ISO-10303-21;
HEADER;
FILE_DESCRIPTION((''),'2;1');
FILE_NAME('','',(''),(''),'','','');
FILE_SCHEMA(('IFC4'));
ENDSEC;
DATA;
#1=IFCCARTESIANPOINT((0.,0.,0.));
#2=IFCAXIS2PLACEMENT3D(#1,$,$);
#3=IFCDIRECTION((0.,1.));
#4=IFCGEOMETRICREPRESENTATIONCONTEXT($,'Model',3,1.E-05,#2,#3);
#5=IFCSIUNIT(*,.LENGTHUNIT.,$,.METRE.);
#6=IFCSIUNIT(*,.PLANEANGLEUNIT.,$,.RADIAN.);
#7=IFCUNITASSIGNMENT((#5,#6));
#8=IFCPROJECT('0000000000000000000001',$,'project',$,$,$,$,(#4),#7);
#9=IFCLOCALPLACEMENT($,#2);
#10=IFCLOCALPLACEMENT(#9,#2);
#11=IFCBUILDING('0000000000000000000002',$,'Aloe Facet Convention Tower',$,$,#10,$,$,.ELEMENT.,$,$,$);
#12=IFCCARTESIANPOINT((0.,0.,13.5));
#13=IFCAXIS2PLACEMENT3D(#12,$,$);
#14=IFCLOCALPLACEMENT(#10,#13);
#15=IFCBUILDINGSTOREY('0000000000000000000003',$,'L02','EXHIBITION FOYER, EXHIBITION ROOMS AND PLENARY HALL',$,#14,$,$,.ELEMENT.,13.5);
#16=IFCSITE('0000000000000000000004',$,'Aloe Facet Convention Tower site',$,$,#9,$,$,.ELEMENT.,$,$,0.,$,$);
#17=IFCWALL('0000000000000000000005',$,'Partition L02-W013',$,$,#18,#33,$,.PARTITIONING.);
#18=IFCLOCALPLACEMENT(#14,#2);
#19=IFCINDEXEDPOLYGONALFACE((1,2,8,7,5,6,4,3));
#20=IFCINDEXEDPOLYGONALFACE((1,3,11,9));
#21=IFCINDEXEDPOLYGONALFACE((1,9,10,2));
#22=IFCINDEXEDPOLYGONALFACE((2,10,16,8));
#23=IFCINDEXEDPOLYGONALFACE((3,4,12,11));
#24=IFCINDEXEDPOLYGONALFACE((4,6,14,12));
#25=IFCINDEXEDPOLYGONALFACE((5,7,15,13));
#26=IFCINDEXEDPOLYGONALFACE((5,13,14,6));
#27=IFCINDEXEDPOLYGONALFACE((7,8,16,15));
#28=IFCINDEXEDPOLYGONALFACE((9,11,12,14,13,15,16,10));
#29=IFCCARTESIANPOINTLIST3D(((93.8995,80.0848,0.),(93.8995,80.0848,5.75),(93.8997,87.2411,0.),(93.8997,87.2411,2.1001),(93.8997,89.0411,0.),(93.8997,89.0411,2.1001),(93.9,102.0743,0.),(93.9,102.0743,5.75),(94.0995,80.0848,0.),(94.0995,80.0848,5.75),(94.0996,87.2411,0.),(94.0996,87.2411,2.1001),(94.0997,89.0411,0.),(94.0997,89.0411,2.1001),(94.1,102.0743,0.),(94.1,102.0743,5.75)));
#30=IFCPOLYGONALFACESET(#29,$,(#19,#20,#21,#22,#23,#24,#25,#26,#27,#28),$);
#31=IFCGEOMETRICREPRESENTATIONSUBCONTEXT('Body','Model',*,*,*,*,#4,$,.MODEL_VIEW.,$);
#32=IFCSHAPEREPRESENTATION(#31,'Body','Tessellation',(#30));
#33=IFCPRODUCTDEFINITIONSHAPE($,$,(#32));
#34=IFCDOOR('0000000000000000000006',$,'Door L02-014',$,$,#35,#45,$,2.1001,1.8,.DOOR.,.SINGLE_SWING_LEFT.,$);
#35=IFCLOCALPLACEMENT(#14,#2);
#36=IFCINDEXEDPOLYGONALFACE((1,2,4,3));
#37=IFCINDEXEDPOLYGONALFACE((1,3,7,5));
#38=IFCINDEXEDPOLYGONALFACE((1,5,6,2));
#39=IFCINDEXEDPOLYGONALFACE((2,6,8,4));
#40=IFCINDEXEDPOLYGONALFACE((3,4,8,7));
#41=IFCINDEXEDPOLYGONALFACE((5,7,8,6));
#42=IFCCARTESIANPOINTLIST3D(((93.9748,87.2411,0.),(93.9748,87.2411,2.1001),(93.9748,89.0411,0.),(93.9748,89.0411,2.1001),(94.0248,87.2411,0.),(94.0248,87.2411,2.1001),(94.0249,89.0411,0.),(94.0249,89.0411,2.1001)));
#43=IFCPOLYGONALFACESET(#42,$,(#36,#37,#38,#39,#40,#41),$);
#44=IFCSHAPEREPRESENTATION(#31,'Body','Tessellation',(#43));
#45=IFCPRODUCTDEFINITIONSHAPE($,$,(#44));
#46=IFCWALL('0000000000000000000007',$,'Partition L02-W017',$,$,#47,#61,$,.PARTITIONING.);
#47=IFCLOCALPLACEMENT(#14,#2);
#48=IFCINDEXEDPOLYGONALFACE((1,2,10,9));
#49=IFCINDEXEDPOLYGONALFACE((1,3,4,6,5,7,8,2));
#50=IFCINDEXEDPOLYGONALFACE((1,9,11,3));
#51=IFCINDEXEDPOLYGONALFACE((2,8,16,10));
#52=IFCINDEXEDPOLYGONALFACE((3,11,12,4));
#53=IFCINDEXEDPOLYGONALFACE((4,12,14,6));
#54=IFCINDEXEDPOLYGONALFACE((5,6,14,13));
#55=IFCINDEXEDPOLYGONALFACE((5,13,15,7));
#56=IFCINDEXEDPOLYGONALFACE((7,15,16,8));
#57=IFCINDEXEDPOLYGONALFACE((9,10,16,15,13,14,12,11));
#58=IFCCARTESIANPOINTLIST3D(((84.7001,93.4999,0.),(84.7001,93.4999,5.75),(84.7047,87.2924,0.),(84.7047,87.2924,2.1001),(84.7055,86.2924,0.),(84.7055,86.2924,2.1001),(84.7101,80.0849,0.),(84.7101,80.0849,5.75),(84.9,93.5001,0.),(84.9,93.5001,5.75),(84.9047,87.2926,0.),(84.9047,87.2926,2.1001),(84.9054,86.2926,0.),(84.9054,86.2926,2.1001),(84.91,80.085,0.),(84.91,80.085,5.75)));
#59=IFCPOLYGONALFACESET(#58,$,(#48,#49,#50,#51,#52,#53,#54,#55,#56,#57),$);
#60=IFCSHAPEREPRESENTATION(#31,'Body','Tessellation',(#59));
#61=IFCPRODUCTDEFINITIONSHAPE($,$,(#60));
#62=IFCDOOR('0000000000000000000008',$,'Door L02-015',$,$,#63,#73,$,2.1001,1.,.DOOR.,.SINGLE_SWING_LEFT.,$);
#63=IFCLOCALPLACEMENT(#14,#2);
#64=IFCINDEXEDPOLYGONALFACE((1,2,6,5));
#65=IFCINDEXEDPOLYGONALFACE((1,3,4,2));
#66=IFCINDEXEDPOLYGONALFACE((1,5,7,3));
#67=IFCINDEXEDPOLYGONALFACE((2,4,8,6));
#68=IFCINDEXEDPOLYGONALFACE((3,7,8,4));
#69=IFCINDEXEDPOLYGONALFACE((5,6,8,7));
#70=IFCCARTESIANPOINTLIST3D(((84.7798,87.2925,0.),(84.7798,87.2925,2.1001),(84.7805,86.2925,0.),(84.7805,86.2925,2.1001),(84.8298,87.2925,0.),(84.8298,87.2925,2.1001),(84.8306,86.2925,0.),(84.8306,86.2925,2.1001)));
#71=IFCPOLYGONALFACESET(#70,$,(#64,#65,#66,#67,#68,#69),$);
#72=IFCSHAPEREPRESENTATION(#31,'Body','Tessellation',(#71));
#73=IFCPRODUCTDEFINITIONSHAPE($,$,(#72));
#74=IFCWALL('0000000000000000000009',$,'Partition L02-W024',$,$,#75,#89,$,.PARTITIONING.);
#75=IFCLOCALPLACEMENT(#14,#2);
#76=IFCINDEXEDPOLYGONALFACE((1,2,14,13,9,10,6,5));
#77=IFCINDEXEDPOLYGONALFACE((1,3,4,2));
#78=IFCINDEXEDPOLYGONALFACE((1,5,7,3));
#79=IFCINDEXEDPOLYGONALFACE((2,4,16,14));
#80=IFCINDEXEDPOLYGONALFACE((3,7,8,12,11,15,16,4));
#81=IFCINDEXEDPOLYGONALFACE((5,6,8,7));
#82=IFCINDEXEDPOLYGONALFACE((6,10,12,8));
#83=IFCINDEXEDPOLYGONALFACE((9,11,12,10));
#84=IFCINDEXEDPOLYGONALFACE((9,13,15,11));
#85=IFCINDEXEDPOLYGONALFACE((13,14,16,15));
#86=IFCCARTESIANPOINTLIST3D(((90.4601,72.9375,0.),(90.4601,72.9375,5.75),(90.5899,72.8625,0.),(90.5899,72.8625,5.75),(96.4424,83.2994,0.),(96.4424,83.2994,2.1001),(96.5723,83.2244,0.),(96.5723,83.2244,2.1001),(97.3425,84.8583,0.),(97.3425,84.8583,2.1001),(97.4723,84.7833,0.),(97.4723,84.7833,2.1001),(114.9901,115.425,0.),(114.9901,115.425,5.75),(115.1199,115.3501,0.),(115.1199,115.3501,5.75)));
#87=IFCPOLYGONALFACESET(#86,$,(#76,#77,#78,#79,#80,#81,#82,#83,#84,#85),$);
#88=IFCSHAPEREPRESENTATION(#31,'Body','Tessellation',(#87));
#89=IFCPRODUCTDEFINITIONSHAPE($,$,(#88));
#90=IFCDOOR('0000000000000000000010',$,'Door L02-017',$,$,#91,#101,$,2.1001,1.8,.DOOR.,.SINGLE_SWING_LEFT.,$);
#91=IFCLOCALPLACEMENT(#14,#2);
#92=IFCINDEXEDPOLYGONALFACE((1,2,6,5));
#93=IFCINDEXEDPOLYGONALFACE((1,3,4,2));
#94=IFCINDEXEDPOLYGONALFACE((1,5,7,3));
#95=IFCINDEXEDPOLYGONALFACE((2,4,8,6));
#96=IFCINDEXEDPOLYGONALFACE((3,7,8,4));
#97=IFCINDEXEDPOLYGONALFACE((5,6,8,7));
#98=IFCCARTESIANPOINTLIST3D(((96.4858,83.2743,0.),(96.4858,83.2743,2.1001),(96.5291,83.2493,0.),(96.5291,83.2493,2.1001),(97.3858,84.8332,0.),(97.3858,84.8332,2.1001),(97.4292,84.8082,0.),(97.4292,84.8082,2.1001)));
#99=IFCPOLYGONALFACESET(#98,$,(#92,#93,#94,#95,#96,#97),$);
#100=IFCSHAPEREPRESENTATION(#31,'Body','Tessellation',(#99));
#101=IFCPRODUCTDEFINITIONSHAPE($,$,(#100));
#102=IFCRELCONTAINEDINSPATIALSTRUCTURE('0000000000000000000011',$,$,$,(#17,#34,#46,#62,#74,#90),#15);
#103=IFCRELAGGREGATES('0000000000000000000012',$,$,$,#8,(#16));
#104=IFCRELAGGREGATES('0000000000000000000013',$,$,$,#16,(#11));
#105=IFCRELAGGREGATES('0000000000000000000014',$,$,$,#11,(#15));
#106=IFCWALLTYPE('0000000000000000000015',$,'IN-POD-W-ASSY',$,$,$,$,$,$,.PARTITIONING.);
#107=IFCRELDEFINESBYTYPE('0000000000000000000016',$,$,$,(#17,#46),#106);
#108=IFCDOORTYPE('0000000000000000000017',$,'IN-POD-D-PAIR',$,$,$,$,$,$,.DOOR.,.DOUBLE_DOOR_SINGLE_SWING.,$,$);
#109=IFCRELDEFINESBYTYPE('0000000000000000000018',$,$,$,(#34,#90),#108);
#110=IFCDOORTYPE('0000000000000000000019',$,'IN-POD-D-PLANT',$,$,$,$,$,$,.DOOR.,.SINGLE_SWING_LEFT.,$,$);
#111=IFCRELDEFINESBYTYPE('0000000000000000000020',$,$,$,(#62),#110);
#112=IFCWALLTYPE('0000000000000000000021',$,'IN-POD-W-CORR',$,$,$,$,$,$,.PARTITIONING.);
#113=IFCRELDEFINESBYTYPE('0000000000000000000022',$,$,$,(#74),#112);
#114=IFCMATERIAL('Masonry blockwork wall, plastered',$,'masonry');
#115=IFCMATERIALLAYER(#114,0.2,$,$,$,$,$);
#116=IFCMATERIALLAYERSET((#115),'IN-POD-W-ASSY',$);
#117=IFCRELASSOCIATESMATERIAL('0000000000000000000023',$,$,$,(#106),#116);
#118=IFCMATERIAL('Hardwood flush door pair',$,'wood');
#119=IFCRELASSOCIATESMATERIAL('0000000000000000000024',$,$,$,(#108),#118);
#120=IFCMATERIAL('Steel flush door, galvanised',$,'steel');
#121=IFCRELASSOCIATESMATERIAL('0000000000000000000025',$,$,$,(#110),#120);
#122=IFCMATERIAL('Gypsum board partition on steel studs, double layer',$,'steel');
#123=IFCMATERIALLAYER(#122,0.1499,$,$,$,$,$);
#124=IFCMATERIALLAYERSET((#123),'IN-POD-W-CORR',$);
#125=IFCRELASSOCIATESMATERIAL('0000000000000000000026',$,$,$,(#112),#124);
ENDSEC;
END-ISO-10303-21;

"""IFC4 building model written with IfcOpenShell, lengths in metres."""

from ifc_helpers import new_model, si_unit, direction, frame, frame_2d, origin, place, context, subcontext, project, spatial, rectangle, extrude, material, layer, layer_set, type_object, element, fill, save


model = new_model("IFC4")

# Units and contexts
model_context = context("Model", 3, precision=1e-05, world=origin(), true_north=direction((0.0, 1.0)))
body_context = subcontext(model_context, "Body", "Model", "MODEL_VIEW")
ifc_project = project(units=[si_unit("LENGTHUNIT", "METRE"), si_unit("PLANEANGLEUNIT", "RADIAN")], contexts=[model_context])

# Site, building, storey
site_placement = place(None, origin())
site = spatial("IfcSite", under=ifc_project, at=site_placement, Name="Aloe Facet Convention Tower site", CompositionType="ELEMENT", RefElevation=0.0)
building_placement = place(site_placement, origin())
building = spatial("IfcBuilding", under=site, at=building_placement, Name="Aloe Facet Convention Tower", CompositionType="ELEMENT")
storey_placement = place(building_placement, frame((0.0, 0.0, 13.5)))
storey = spatial("IfcBuildingStorey", under=building, at=storey_placement, Name="L02", Description="EXHIBITION FOYER, EXHIBITION ROOMS AND PLENARY HALL", CompositionType="ELEMENT", Elevation=13.5)

# Shared definitions
ifc_material_1 = material(Name="Masonry blockwork wall, plastered", Category="masonry")
ifc_layer_1 = layer(ifc_material_1, 0.2)
ifc_layer_set_1 = layer_set([ifc_layer_1], Name="IN-POD-W-ASSY")
wall_type_1 = type_object("IfcWallType", Name="IN-POD-W-ASSY", PredefinedType="PARTITIONING", material=ifc_layer_set_1)
ifc_material_2 = material(Name="Hardwood flush door pair", Category="wood")
door_type_1 = type_object("IfcDoorType", Name="IN-POD-D-PAIR", OperationType="DOUBLE_DOOR_SINGLE_SWING", PredefinedType="DOOR", material=ifc_material_2)

# Walls, openings, doors
wall_1_placement = place(storey_placement, frame((93.9995, 80.085, 0.0), z_axis=(0.0, 0.0, 1.0), x_axis=(0.000022, 1.0, 0.0)))
wall_1 = element("IfcWall", 1, at=wall_1_placement, inside=storey, type_object=wall_type_1, Name="Partition L02-W013", PredefinedType="PARTITIONING", context=body_context, shape_type="SweptSolid", body=[
    extrude(rectangle(XDim=21.9895, YDim=0.2, at=frame_2d((10.9946, 0.0))), origin(), (0.0, 0.0, 1.0), 5.75),
])
opening_1_placement = place(wall_1_placement, frame((7.1562, 0.0, 0.0)))
opening_1 = element("IfcOpeningElement", 2, at=opening_1_placement, cuts=wall_1, PredefinedType="OPENING", context=body_context, shape_type="SweptSolid", body=[
    extrude(rectangle(XDim=1.8, YDim=2.1001, at=frame_2d((0.8999, 1.05))), frame((0.0, 0.1099, 0.0), z_axis=(0.0, -1.0, 0.0), x_axis=(1.0, 0.0, 0.0)), (0.0, 0.0, 1.0), 0.22),
])
door_1_placement = place(opening_1_placement, origin())
door_1 = element("IfcDoor", 3, at=door_1_placement, inside=storey, type_object=door_type_1, Name="Door L02-014", OperationType="SINGLE_SWING_LEFT", OverallHeight=2.1001, OverallWidth=1.8, PredefinedType="DOOR", context=body_context, shape_type="SweptSolid", body=[
    extrude(rectangle(XDim=1.8, YDim=2.1001, at=frame_2d((0.8999, 1.05))), frame((0.0, 0.0249, 0.0), z_axis=(0.0, -1.0, 0.0), x_axis=(1.0, 0.0, 0.0)), (0.0, 0.0, 1.0), 0.05),
])
fill(opening_1, door_1)
wall_2_placement = place(storey_placement, frame((84.8101, 80.085, 0.0), z_axis=(0.0, 0.0, 1.0), x_axis=(-0.000746, 1.0, 0.0)))
wall_2 = element("IfcWall", 4, at=wall_2_placement, inside=storey, type_object=wall_type_1, Name="Partition L02-W017", PredefinedType="PARTITIONING", context=body_context, shape_type="SweptSolid", body=[
    extrude(rectangle(XDim=13.415, YDim=0.2, at=frame_2d((6.7075, 0.0))), origin(), (0.0, 0.0, 1.0), 5.75),
])
opening_2_placement = place(wall_2_placement, frame((6.2075, 0.0, 0.0)))
opening_2 = element("IfcOpeningElement", 5, at=opening_2_placement, cuts=wall_2, PredefinedType="OPENING", context=body_context, shape_type="SweptSolid", body=[
    extrude(rectangle(XDim=1.0, YDim=2.1001, at=frame_2d((0.5, 1.05))), frame((0.0, 0.1099, 0.0), z_axis=(0.0, -1.0, 0.0), x_axis=(1.0, 0.0, 0.0)), (0.0, 0.0, 1.0), 0.22),
])
ifc_material_3 = material(Name="Steel flush door, galvanised", Category="steel")
door_type_2 = type_object("IfcDoorType", Name="IN-POD-D-PLANT", OperationType="SINGLE_SWING_LEFT", PredefinedType="DOOR", material=ifc_material_3)
door_2_placement = place(opening_2_placement, origin())
door_2 = element("IfcDoor", 6, at=door_2_placement, inside=storey, type_object=door_type_2, Name="Door L02-015", OperationType="SINGLE_SWING_LEFT", OverallHeight=2.1001, OverallWidth=1.0, PredefinedType="DOOR", context=body_context, shape_type="SweptSolid", body=[
    extrude(rectangle(XDim=1.0, YDim=2.1001, at=frame_2d((0.5, 1.05))), frame((0.0, 0.0249, 0.0), z_axis=(0.0, -1.0, 0.0), x_axis=(1.0, 0.0, 0.0)), (0.0, 0.0, 1.0), 0.05),
])
fill(opening_2, door_2)
ifc_material_4 = material(Name="Gypsum board partition on steel studs, double layer", Category="steel")
ifc_layer_2 = layer(ifc_material_4, 0.1499)
ifc_layer_set_2 = layer_set([ifc_layer_2], Name="IN-POD-W-CORR")
wall_type_2 = type_object("IfcWallType", Name="IN-POD-W-CORR", PredefinedType="PARTITIONING", material=ifc_layer_set_2)
wall_3_placement = place(storey_placement, frame((90.5249, 72.8999, 0.0), z_axis=(0.0, 0.0, 1.0), x_axis=(0.499997, 0.866027, 0.0)))
wall_3 = element("IfcWall", 7, at=wall_3_placement, inside=storey, type_object=wall_type_2, Name="Partition L02-W024", PredefinedType="PARTITIONING", context=body_context, shape_type="SweptSolid", body=[
    extrude(rectangle(XDim=49.0603, YDim=0.1499, at=frame_2d((24.5303, 0.0))), origin(), (0.0, 0.0, 1.0), 5.75),
])
opening_3_placement = place(wall_3_placement, frame((11.9651, 0.0, 0.0)))
opening_3 = element("IfcOpeningElement", 8, at=opening_3_placement, cuts=wall_3, PredefinedType="OPENING", context=body_context, shape_type="SweptSolid", body=[
    extrude(rectangle(XDim=1.8, YDim=2.1001, at=frame_2d((0.8999, 1.05))), frame((0.0, 0.085, 0.0), z_axis=(0.0, -1.0, 0.0), x_axis=(1.0, 0.0, 0.0)), (0.0, 0.0, 1.0), 0.1699),
])
door_3_placement = place(opening_3_placement, origin())
door_3 = element("IfcDoor", 9, at=door_3_placement, inside=storey, type_object=door_type_1, Name="Door L02-017", OperationType="SINGLE_SWING_LEFT", OverallHeight=2.1001, OverallWidth=1.8, PredefinedType="DOOR", context=body_context, shape_type="SweptSolid", body=[
    extrude(rectangle(XDim=1.8, YDim=2.1001, at=frame_2d((0.8999, 1.05))), frame((0.0, 0.0249, 0.0), z_axis=(0.0, -1.0, 0.0), x_axis=(1.0, 0.0, 0.0)), (0.0, 0.0, 1.0), 0.05),
])
fill(opening_3, door_3)

save(model, "model.ifc")
